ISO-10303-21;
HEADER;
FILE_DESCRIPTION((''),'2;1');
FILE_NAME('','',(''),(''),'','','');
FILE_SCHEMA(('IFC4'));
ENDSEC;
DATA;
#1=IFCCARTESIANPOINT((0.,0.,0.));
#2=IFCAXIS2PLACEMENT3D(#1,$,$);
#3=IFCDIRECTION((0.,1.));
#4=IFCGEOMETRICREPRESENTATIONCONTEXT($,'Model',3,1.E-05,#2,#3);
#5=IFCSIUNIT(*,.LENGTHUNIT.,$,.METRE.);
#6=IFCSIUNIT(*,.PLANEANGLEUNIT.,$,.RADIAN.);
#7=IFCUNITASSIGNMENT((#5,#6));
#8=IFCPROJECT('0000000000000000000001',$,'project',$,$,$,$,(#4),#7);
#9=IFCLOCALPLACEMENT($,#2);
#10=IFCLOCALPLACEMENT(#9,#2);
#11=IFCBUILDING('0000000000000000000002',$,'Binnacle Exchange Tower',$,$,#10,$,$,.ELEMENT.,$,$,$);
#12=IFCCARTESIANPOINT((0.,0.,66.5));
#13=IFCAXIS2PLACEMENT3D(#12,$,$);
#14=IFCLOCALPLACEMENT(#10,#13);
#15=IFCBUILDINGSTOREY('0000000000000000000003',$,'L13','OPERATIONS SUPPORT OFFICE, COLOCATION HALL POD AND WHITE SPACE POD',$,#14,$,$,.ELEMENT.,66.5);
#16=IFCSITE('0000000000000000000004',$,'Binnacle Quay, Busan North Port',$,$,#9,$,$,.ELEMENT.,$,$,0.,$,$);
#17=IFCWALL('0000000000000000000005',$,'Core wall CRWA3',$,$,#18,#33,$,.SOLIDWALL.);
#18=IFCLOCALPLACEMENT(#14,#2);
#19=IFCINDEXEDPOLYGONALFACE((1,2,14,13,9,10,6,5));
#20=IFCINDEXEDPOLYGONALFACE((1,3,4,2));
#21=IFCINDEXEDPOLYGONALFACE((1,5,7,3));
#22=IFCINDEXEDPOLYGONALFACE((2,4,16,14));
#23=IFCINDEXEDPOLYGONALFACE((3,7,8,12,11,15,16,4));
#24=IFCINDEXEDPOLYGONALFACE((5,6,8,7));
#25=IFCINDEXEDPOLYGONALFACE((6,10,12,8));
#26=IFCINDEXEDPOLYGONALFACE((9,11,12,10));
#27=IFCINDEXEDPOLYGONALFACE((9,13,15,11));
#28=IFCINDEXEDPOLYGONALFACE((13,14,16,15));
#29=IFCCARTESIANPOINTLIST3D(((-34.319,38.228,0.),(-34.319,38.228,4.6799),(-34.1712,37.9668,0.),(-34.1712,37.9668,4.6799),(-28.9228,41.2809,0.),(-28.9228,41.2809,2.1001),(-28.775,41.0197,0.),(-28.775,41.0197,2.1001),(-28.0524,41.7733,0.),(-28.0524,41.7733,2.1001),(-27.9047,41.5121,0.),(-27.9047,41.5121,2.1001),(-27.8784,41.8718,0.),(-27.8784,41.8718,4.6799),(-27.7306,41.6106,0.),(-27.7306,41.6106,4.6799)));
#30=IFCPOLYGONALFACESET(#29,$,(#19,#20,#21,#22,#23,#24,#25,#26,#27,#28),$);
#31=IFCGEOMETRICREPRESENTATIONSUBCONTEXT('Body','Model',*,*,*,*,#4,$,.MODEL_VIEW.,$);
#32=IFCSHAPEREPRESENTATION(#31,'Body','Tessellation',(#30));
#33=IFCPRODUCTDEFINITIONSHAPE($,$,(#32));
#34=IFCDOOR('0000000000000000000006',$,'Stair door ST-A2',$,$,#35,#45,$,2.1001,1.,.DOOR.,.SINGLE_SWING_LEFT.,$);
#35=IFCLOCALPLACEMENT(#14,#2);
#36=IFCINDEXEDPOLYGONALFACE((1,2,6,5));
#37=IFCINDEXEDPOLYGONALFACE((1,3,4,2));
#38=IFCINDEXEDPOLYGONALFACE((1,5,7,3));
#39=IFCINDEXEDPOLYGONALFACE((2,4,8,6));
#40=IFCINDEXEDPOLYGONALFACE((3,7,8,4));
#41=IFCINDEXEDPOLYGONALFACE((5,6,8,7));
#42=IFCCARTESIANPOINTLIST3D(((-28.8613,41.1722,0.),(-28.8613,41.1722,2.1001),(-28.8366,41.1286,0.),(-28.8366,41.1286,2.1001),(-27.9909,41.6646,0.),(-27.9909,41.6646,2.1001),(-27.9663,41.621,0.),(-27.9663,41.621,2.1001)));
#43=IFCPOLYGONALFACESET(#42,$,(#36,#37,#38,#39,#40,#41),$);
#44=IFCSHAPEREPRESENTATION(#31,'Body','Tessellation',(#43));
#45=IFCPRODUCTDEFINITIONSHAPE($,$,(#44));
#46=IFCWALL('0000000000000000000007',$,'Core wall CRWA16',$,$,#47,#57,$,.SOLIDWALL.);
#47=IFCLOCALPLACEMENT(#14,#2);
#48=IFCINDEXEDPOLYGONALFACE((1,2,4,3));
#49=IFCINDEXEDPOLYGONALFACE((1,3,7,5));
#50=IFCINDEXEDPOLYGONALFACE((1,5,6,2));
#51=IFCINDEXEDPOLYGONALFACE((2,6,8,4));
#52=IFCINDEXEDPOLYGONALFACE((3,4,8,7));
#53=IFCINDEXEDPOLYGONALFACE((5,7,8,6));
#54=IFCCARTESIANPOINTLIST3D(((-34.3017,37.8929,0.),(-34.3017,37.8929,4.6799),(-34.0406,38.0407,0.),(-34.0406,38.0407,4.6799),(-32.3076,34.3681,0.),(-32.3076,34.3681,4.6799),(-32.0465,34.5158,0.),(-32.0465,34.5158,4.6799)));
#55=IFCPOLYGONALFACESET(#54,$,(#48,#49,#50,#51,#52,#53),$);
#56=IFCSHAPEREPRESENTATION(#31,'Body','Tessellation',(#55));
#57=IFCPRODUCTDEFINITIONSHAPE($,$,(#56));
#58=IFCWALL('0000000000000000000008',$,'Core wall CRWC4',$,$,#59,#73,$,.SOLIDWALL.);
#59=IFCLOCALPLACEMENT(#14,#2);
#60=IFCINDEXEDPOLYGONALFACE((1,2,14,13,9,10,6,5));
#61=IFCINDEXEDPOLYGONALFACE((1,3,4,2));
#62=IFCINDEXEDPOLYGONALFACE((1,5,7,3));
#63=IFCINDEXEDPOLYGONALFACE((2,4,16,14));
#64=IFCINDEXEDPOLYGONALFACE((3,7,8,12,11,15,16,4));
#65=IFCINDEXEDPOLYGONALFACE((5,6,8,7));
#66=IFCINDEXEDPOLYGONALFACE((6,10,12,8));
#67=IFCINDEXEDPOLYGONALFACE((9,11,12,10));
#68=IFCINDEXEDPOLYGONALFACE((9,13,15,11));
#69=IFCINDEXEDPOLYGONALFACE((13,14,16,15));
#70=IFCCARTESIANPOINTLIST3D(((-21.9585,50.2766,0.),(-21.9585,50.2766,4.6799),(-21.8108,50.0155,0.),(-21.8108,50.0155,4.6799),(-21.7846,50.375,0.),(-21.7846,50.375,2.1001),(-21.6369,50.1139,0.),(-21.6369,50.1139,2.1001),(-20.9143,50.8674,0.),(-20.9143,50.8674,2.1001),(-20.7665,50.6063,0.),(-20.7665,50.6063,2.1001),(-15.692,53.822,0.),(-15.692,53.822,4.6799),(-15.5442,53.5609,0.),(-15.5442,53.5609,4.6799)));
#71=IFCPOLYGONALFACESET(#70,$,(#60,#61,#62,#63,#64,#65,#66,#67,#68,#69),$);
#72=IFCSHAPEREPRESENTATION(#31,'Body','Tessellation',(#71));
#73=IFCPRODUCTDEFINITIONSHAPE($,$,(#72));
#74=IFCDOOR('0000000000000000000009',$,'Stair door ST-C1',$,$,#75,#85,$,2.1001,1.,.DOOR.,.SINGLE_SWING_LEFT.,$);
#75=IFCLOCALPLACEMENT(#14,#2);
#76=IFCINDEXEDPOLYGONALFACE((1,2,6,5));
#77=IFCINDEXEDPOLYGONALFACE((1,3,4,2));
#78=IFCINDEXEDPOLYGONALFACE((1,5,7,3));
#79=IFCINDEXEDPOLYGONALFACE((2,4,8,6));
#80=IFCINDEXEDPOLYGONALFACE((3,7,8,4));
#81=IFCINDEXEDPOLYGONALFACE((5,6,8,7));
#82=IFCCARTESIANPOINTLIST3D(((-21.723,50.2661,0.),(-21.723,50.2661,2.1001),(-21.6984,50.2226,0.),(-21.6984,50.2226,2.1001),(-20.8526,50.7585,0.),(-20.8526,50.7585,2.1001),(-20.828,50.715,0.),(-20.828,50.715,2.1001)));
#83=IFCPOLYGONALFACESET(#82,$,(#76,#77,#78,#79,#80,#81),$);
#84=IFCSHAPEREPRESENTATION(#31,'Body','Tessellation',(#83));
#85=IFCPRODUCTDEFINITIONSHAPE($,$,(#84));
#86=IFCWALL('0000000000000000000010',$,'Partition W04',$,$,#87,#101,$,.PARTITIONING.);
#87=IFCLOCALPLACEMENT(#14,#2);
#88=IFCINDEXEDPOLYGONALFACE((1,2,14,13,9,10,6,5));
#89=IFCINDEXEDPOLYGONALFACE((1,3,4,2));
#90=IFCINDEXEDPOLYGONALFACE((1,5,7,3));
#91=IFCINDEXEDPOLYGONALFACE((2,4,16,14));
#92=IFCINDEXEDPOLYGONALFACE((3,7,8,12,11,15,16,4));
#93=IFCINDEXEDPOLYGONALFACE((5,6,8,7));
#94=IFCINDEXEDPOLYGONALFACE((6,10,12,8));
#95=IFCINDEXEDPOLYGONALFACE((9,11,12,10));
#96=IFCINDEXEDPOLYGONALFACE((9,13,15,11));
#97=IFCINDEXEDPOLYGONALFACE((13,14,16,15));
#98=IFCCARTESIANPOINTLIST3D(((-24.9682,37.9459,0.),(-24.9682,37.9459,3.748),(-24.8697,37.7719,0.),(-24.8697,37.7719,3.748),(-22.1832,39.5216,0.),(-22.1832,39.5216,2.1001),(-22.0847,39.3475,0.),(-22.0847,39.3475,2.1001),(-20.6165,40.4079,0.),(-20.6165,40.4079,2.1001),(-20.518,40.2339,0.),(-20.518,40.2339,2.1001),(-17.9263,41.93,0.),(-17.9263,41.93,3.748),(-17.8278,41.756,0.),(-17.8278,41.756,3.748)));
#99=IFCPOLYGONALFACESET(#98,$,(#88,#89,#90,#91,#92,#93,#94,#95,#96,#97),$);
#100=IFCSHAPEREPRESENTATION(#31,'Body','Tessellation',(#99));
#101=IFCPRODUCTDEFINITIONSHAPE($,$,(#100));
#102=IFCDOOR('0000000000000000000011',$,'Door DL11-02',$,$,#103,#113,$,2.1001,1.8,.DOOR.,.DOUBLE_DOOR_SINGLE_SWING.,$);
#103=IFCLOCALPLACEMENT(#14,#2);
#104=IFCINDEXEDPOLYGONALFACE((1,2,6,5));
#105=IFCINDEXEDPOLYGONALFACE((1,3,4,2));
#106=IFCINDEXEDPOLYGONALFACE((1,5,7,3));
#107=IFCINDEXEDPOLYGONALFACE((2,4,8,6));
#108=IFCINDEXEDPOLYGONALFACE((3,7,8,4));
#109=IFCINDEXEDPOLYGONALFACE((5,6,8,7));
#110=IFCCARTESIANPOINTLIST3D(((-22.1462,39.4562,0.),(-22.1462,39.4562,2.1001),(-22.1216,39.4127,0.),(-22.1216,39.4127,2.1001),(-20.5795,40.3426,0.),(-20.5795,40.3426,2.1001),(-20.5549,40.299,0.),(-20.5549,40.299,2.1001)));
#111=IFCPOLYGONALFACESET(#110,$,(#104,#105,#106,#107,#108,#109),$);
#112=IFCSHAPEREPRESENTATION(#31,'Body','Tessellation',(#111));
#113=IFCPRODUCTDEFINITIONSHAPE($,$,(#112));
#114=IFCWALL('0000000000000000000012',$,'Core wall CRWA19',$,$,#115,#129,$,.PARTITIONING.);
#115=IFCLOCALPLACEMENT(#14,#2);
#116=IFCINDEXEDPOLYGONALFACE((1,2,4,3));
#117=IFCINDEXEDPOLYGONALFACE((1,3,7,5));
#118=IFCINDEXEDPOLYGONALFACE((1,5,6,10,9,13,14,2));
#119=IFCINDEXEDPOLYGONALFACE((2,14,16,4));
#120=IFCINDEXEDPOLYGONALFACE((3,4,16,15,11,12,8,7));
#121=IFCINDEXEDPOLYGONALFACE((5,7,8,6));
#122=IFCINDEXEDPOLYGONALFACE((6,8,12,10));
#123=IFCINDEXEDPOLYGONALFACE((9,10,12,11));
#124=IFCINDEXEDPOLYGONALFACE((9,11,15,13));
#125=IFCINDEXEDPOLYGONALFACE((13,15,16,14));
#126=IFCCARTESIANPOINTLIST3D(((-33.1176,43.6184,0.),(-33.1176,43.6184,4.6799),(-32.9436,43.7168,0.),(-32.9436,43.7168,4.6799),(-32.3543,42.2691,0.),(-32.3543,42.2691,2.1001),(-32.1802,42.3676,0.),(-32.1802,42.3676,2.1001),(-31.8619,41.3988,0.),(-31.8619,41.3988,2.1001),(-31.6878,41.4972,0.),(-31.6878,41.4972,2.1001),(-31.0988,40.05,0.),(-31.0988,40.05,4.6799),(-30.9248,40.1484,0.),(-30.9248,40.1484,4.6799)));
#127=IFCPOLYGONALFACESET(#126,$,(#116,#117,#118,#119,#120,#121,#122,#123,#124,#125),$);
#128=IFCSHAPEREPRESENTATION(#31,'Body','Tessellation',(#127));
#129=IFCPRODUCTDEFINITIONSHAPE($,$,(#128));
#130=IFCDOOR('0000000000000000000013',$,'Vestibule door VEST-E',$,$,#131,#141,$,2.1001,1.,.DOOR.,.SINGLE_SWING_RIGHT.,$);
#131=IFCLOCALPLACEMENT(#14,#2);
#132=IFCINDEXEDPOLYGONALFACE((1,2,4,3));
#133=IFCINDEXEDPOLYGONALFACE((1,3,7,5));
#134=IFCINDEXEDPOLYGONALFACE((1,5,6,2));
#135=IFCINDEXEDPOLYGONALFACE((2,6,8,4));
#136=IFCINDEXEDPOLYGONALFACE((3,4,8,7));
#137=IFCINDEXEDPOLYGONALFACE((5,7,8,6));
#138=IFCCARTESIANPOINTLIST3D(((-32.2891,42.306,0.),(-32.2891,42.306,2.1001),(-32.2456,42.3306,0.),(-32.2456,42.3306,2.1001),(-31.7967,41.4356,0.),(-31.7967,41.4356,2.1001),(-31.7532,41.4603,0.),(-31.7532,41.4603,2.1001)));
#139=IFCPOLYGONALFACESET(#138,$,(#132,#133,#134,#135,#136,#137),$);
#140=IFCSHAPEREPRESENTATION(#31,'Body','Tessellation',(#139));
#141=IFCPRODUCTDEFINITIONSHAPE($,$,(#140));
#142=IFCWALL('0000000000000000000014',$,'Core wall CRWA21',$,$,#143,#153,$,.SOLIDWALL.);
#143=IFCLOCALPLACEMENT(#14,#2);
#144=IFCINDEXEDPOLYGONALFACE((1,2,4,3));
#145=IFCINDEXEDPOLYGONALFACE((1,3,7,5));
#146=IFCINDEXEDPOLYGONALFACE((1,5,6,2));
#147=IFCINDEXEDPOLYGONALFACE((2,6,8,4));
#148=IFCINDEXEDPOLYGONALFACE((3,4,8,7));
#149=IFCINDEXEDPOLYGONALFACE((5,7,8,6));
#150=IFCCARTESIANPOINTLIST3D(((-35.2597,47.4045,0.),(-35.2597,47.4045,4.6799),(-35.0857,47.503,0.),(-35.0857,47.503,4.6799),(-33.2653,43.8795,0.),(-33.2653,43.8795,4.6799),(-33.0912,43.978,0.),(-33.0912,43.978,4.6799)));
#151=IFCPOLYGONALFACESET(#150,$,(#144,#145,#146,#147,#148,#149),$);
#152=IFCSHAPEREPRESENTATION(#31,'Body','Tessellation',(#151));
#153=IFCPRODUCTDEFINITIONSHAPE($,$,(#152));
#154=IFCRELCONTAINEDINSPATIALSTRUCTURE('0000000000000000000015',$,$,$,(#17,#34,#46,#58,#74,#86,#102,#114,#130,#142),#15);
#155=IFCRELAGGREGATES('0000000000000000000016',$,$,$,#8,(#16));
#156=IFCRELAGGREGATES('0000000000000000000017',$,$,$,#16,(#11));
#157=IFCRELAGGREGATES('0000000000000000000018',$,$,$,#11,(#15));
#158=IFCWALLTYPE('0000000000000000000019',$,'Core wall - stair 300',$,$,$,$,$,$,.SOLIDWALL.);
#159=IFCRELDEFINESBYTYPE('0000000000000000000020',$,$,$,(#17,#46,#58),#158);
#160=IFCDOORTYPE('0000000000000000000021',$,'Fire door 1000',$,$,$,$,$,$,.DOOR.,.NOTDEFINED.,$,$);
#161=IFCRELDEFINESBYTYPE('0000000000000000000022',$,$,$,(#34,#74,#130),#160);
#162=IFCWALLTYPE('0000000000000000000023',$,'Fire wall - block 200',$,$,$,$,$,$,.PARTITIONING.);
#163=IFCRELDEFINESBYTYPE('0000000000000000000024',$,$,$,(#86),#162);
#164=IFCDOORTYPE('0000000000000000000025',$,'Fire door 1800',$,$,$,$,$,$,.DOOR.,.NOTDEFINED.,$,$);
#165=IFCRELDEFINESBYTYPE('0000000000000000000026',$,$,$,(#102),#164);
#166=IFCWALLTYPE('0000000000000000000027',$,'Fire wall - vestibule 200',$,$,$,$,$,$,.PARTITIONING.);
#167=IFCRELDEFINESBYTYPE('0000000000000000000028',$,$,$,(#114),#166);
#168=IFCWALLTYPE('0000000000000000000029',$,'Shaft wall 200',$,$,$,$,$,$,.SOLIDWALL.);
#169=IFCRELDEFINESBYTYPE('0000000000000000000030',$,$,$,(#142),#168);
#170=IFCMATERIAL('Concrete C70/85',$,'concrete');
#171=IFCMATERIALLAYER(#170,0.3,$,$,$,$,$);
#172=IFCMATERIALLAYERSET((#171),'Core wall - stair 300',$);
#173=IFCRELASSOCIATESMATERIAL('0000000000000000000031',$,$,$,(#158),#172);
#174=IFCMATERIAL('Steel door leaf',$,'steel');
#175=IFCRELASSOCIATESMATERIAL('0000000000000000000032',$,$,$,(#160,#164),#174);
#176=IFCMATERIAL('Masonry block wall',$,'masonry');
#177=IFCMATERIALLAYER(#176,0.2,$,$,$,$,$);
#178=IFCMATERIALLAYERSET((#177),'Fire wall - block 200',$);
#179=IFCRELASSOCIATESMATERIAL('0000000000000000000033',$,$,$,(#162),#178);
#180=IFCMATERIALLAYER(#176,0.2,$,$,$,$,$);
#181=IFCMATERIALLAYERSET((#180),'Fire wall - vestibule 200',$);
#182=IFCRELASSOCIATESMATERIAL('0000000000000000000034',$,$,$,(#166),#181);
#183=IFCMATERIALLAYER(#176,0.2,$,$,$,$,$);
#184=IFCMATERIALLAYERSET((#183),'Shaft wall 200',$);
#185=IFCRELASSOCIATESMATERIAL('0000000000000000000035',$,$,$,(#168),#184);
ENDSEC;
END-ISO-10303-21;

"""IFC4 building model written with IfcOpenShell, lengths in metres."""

from ifc_helpers import new_model, si_unit, direction, frame, frame_2d, origin, place, context, subcontext, project, spatial, rectangle, extrude, material, layer, layer_set, type_object, element, fill, save


model = new_model("IFC4")

# Units and contexts
model_context = context("Model", 3, precision=1e-05, world=origin(), true_north=direction((0.0, 1.0)))
body_context = subcontext(model_context, "Body", "Model", "MODEL_VIEW")
ifc_project = project(units=[si_unit("LENGTHUNIT", "METRE"), si_unit("PLANEANGLEUNIT", "RADIAN")], contexts=[model_context])

# Site, building, storey
site_placement = place(None, origin())
site = spatial("IfcSite", under=ifc_project, at=site_placement, Name="Binnacle Quay, Busan North Port", CompositionType="ELEMENT", RefElevation=0.0)
building_placement = place(site_placement, origin())
building = spatial("IfcBuilding", under=site, at=building_placement, Name="Binnacle Exchange Tower", CompositionType="ELEMENT")
storey_placement = place(building_placement, frame((0.0, 0.0, 66.5)))
storey = spatial("IfcBuildingStorey", under=building, at=storey_placement, Name="L13", Description="OPERATIONS SUPPORT OFFICE, COLOCATION HALL POD AND WHITE SPACE POD", CompositionType="ELEMENT", Elevation=66.5)

# Shared definitions
ifc_material_1 = material(Name="Concrete C70/85", Category="concrete")

# Wall, opening, door
ifc_layer_1 = layer(ifc_material_1, 0.3)
ifc_layer_set_1 = layer_set([ifc_layer_1], Name="Core wall - stair 300")
wall_type_1 = type_object("IfcWallType", Name="Core wall - stair 300", PredefinedType="SOLIDWALL", material=ifc_layer_set_1)
wall_1_placement = place(storey_placement, frame((-34.2451, 38.0974, 0.0), z_axis=(0.0, 0.0, 1.0), x_axis=(0.870365, 0.492407, 0.0)))
wall_1 = element("IfcWall", 1, at=wall_1_placement, inside=storey, type_object=wall_type_1, Name="Core wall CRWA3", PredefinedType="SOLIDWALL", context=body_context, shape_type="SweptSolid", body=[
    extrude(rectangle(XDim=7.3999, YDim=0.3, at=frame_2d((3.7, 0.0))), origin(), (0.0, 0.0, 1.0), 4.6799),
])
opening_1_placement = place(wall_1_placement, frame((6.2, 0.0, 0.0)))
opening_1 = element("IfcOpeningElement", 2, at=opening_1_placement, cuts=wall_1, PredefinedType="OPENING", context=body_context, shape_type="SweptSolid", body=[
    extrude(rectangle(XDim=1.0, YDim=2.1001, at=frame_2d((0.5, 1.05))), frame((0.0, 0.1599, 0.0), z_axis=(0.0, -1.0, 0.0), x_axis=(1.0, 0.0, 0.0)), (0.0, 0.0, 1.0), 0.3201),
])
ifc_material_2 = material(Name="Steel door leaf", Category="steel")
door_type_1 = type_object("IfcDoorType", Name="Fire door 1000", OperationType="NOTDEFINED", PredefinedType="DOOR", material=ifc_material_2)
door_1_placement = place(opening_1_placement, frame((1.0, 0.0, 0.0), z_axis=(0.0, 0.0, 1.0), x_axis=(-1.0, 0.0, 0.0)))
door_1 = element("IfcDoor", 3, at=door_1_placement, inside=storey, type_object=door_type_1, Name="Stair door ST-A2", OperationType="SINGLE_SWING_LEFT", OverallHeight=2.1001, OverallWidth=1.0, PredefinedType="DOOR", context=body_context, shape_type="SweptSolid", body=[
    extrude(rectangle(XDim=1.0, YDim=2.1001, at=frame_2d((0.5, 1.05))), frame((0.0, 0.0249, 0.0), z_axis=(0.0, -1.0, 0.0), x_axis=(1.0, 0.0, 0.0)), (0.0, 0.0, 1.0), 0.05),
])
fill(opening_1, door_1)

# Wall
wall_2_placement = place(storey_placement, frame((-34.1711, 37.9668, 0.0), z_axis=(0.0, 0.0, 1.0), x_axis=(0.492395, -0.870372, 0.0)))
element("IfcWall", 4, at=wall_2_placement, inside=storey, type_object=wall_type_1, Name="Core wall CRWA16", PredefinedType="SOLIDWALL", context=body_context, shape_type="SweptSolid", body=[
    extrude(rectangle(XDim=4.0498, YDim=0.3, at=frame_2d((2.0249, 0.0))), origin(), (0.0, 0.0, 1.0), 4.6799),
])

# Walls, openings, doors
wall_3_placement = place(storey_placement, frame((-21.8848, 50.146, 0.0), z_axis=(0.0, 0.0, 1.0), x_axis=(0.870359, 0.492417, 0.0)))
wall_3 = element("IfcWall", 5, at=wall_3_placement, inside=storey, type_object=wall_type_1, Name="Core wall CRWC4", PredefinedType="SOLIDWALL", context=body_context, shape_type="SweptSolid", body=[
    extrude(rectangle(XDim=7.2, YDim=0.3, at=frame_2d((3.6001, 0.0))), origin(), (0.0, 0.0, 1.0), 4.6799),
])
opening_2_placement = place(wall_3_placement, frame((0.2, 0.0, 0.0)))
opening_2 = element("IfcOpeningElement", 6, at=opening_2_placement, cuts=wall_3, PredefinedType="OPENING", context=body_context, shape_type="SweptSolid", body=[
    extrude(rectangle(XDim=1.0, YDim=2.1001, at=frame_2d((0.5, 1.05))), frame((0.0, 0.1599, 0.0), z_axis=(0.0, -1.0, 0.0), x_axis=(1.0, 0.0, 0.0)), (0.0, 0.0, 1.0), 0.3201),
])
door_2_placement = place(opening_2_placement, origin())
door_2 = element("IfcDoor", 7, at=door_2_placement, inside=storey, type_object=door_type_1, Name="Stair door ST-C1", OperationType="SINGLE_SWING_LEFT", OverallHeight=2.1001, OverallWidth=1.0, PredefinedType="DOOR", context=body_context, shape_type="SweptSolid", body=[
    extrude(rectangle(XDim=1.0, YDim=2.1001, at=frame_2d((0.5, 1.05))), frame((0.0, 0.0249, 0.0), z_axis=(0.0, -1.0, 0.0), x_axis=(1.0, 0.0, 0.0)), (0.0, 0.0, 1.0), 0.05),
])
fill(opening_2, door_2)
ifc_material_3 = material(Name="Masonry block wall", Category="masonry")
ifc_layer_2 = layer(ifc_material_3, 0.2)
ifc_layer_set_2 = layer_set([ifc_layer_2], Name="Fire wall - block 200")
wall_type_2 = type_object("IfcWallType", Name="Fire wall - block 200", PredefinedType="PARTITIONING", material=ifc_layer_set_2)
wall_4_placement = place(storey_placement, frame((-24.9189, 37.8589, 0.0), z_axis=(0.0, 0.0, 1.0), x_axis=(0.870358, 0.49242, 0.0)))
wall_4 = element("IfcWall", 8, at=wall_4_placement, inside=storey, type_object=wall_type_2, Name="Partition W04", PredefinedType="PARTITIONING", context=body_context, shape_type="SweptSolid", body=[
    extrude(rectangle(XDim=8.0908, YDim=0.2, at=frame_2d((4.0454, 0.0))), origin(), (0.0, 0.0, 1.0), 3.748),
])
opening_3_placement = place(wall_4_placement, frame((3.2, 0.0, 0.0)))
opening_3 = element("IfcOpeningElement", 9, at=opening_3_placement, cuts=wall_4, PredefinedType="OPENING", context=body_context, shape_type="SweptSolid", body=[
    extrude(rectangle(XDim=1.8, YDim=2.1001, at=frame_2d((0.8999, 1.05))), frame((0.0, 0.1099, 0.0), z_axis=(0.0, -1.0, 0.0), x_axis=(1.0, 0.0, 0.0)), (0.0, 0.0, 1.0), 0.22),
])
door_type_2 = type_object("IfcDoorType", Name="Fire door 1800", OperationType="NOTDEFINED", PredefinedType="DOOR", material=ifc_material_2)
door_3_placement = place(opening_3_placement, origin())
door_3 = element("IfcDoor", 10, at=door_3_placement, inside=storey, type_object=door_type_2, Name="Door DL11-02", OperationType="DOUBLE_DOOR_SINGLE_SWING", OverallHeight=2.1001, OverallWidth=1.8, PredefinedType="DOOR", context=body_context, shape_type="SweptSolid", body=[
    extrude(rectangle(XDim=1.8, YDim=2.1001, at=frame_2d((0.8999, 1.05))), frame((0.0, 0.0249, 0.0), z_axis=(0.0, -1.0, 0.0), x_axis=(1.0, 0.0, 0.0)), (0.0, 0.0, 1.0), 0.05),
])
fill(opening_3, door_3)
ifc_layer_3 = layer(ifc_material_3, 0.2)
ifc_layer_set_3 = layer_set([ifc_layer_3], Name="Fire wall - vestibule 200")
wall_type_3 = type_object("IfcWallType", Name="Fire wall - vestibule 200", PredefinedType="PARTITIONING", material=ifc_layer_set_3)
wall_5_placement = place(storey_placement, frame((-33.0305, 43.6675, 0.0), z_axis=(0.0, 0.0, 1.0), x_axis=(0.492408, -0.870364, 0.0)))
wall_5 = element("IfcWall", 11, at=wall_5_placement, inside=storey, type_object=wall_type_3, Name="Core wall CRWA19", PredefinedType="PARTITIONING", context=body_context, shape_type="SweptSolid", body=[
    extrude(rectangle(XDim=4.0999, YDim=0.2, at=frame_2d((2.0498, 0.0))), origin(), (0.0, 0.0, 1.0), 4.6799),
])
opening_4_placement = place(wall_5_placement, frame((1.55, 0.0, 0.0)))
opening_4 = element("IfcOpeningElement", 12, at=opening_4_placement, cuts=wall_5, PredefinedType="OPENING", context=body_context, shape_type="SweptSolid", body=[
    extrude(rectangle(XDim=1.0, YDim=2.1001, at=frame_2d((0.5, 1.05))), frame((0.0, 0.1099, 0.0), z_axis=(0.0, -1.0, 0.0), x_axis=(1.0, 0.0, 0.0)), (0.0, 0.0, 1.0), 0.22),
])
door_4_placement = place(opening_4_placement, origin())
door_4 = element("IfcDoor", 13, at=door_4_placement, inside=storey, type_object=door_type_1, Name="Vestibule door VEST-E", OperationType="SINGLE_SWING_RIGHT", OverallHeight=2.1001, OverallWidth=1.0, PredefinedType="DOOR", context=body_context, shape_type="SweptSolid", body=[
    extrude(rectangle(XDim=1.0, YDim=2.1001, at=frame_2d((0.5, 1.05))), frame((0.0, 0.0249, 0.0), z_axis=(0.0, -1.0, 0.0), x_axis=(1.0, 0.0, 0.0)), (0.0, 0.0, 1.0), 0.05),
])
fill(opening_4, door_4)

# Wall
ifc_layer_4 = layer(ifc_material_3, 0.2)
ifc_layer_set_4 = layer_set([ifc_layer_4], Name="Shaft wall 200")
wall_type_4 = type_object("IfcWallType", Name="Shaft wall 200", PredefinedType="SOLIDWALL", material=ifc_layer_set_4)
wall_6_placement = place(storey_placement, frame((-35.1726, 47.4536, 0.0), z_axis=(0.0, 0.0, 1.0), x_axis=(0.492441, -0.870346, 0.0)))
element("IfcWall", 14, at=wall_6_placement, inside=storey, type_object=wall_type_4, Name="Core wall CRWA21", PredefinedType="SOLIDWALL", context=body_context, shape_type="SweptSolid", body=[
    extrude(rectangle(XDim=4.05, YDim=0.2, at=frame_2d((2.0249, 0.0))), origin(), (0.0, 0.0, 1.0), 4.6799),
])

save(model, "model.ifc")
